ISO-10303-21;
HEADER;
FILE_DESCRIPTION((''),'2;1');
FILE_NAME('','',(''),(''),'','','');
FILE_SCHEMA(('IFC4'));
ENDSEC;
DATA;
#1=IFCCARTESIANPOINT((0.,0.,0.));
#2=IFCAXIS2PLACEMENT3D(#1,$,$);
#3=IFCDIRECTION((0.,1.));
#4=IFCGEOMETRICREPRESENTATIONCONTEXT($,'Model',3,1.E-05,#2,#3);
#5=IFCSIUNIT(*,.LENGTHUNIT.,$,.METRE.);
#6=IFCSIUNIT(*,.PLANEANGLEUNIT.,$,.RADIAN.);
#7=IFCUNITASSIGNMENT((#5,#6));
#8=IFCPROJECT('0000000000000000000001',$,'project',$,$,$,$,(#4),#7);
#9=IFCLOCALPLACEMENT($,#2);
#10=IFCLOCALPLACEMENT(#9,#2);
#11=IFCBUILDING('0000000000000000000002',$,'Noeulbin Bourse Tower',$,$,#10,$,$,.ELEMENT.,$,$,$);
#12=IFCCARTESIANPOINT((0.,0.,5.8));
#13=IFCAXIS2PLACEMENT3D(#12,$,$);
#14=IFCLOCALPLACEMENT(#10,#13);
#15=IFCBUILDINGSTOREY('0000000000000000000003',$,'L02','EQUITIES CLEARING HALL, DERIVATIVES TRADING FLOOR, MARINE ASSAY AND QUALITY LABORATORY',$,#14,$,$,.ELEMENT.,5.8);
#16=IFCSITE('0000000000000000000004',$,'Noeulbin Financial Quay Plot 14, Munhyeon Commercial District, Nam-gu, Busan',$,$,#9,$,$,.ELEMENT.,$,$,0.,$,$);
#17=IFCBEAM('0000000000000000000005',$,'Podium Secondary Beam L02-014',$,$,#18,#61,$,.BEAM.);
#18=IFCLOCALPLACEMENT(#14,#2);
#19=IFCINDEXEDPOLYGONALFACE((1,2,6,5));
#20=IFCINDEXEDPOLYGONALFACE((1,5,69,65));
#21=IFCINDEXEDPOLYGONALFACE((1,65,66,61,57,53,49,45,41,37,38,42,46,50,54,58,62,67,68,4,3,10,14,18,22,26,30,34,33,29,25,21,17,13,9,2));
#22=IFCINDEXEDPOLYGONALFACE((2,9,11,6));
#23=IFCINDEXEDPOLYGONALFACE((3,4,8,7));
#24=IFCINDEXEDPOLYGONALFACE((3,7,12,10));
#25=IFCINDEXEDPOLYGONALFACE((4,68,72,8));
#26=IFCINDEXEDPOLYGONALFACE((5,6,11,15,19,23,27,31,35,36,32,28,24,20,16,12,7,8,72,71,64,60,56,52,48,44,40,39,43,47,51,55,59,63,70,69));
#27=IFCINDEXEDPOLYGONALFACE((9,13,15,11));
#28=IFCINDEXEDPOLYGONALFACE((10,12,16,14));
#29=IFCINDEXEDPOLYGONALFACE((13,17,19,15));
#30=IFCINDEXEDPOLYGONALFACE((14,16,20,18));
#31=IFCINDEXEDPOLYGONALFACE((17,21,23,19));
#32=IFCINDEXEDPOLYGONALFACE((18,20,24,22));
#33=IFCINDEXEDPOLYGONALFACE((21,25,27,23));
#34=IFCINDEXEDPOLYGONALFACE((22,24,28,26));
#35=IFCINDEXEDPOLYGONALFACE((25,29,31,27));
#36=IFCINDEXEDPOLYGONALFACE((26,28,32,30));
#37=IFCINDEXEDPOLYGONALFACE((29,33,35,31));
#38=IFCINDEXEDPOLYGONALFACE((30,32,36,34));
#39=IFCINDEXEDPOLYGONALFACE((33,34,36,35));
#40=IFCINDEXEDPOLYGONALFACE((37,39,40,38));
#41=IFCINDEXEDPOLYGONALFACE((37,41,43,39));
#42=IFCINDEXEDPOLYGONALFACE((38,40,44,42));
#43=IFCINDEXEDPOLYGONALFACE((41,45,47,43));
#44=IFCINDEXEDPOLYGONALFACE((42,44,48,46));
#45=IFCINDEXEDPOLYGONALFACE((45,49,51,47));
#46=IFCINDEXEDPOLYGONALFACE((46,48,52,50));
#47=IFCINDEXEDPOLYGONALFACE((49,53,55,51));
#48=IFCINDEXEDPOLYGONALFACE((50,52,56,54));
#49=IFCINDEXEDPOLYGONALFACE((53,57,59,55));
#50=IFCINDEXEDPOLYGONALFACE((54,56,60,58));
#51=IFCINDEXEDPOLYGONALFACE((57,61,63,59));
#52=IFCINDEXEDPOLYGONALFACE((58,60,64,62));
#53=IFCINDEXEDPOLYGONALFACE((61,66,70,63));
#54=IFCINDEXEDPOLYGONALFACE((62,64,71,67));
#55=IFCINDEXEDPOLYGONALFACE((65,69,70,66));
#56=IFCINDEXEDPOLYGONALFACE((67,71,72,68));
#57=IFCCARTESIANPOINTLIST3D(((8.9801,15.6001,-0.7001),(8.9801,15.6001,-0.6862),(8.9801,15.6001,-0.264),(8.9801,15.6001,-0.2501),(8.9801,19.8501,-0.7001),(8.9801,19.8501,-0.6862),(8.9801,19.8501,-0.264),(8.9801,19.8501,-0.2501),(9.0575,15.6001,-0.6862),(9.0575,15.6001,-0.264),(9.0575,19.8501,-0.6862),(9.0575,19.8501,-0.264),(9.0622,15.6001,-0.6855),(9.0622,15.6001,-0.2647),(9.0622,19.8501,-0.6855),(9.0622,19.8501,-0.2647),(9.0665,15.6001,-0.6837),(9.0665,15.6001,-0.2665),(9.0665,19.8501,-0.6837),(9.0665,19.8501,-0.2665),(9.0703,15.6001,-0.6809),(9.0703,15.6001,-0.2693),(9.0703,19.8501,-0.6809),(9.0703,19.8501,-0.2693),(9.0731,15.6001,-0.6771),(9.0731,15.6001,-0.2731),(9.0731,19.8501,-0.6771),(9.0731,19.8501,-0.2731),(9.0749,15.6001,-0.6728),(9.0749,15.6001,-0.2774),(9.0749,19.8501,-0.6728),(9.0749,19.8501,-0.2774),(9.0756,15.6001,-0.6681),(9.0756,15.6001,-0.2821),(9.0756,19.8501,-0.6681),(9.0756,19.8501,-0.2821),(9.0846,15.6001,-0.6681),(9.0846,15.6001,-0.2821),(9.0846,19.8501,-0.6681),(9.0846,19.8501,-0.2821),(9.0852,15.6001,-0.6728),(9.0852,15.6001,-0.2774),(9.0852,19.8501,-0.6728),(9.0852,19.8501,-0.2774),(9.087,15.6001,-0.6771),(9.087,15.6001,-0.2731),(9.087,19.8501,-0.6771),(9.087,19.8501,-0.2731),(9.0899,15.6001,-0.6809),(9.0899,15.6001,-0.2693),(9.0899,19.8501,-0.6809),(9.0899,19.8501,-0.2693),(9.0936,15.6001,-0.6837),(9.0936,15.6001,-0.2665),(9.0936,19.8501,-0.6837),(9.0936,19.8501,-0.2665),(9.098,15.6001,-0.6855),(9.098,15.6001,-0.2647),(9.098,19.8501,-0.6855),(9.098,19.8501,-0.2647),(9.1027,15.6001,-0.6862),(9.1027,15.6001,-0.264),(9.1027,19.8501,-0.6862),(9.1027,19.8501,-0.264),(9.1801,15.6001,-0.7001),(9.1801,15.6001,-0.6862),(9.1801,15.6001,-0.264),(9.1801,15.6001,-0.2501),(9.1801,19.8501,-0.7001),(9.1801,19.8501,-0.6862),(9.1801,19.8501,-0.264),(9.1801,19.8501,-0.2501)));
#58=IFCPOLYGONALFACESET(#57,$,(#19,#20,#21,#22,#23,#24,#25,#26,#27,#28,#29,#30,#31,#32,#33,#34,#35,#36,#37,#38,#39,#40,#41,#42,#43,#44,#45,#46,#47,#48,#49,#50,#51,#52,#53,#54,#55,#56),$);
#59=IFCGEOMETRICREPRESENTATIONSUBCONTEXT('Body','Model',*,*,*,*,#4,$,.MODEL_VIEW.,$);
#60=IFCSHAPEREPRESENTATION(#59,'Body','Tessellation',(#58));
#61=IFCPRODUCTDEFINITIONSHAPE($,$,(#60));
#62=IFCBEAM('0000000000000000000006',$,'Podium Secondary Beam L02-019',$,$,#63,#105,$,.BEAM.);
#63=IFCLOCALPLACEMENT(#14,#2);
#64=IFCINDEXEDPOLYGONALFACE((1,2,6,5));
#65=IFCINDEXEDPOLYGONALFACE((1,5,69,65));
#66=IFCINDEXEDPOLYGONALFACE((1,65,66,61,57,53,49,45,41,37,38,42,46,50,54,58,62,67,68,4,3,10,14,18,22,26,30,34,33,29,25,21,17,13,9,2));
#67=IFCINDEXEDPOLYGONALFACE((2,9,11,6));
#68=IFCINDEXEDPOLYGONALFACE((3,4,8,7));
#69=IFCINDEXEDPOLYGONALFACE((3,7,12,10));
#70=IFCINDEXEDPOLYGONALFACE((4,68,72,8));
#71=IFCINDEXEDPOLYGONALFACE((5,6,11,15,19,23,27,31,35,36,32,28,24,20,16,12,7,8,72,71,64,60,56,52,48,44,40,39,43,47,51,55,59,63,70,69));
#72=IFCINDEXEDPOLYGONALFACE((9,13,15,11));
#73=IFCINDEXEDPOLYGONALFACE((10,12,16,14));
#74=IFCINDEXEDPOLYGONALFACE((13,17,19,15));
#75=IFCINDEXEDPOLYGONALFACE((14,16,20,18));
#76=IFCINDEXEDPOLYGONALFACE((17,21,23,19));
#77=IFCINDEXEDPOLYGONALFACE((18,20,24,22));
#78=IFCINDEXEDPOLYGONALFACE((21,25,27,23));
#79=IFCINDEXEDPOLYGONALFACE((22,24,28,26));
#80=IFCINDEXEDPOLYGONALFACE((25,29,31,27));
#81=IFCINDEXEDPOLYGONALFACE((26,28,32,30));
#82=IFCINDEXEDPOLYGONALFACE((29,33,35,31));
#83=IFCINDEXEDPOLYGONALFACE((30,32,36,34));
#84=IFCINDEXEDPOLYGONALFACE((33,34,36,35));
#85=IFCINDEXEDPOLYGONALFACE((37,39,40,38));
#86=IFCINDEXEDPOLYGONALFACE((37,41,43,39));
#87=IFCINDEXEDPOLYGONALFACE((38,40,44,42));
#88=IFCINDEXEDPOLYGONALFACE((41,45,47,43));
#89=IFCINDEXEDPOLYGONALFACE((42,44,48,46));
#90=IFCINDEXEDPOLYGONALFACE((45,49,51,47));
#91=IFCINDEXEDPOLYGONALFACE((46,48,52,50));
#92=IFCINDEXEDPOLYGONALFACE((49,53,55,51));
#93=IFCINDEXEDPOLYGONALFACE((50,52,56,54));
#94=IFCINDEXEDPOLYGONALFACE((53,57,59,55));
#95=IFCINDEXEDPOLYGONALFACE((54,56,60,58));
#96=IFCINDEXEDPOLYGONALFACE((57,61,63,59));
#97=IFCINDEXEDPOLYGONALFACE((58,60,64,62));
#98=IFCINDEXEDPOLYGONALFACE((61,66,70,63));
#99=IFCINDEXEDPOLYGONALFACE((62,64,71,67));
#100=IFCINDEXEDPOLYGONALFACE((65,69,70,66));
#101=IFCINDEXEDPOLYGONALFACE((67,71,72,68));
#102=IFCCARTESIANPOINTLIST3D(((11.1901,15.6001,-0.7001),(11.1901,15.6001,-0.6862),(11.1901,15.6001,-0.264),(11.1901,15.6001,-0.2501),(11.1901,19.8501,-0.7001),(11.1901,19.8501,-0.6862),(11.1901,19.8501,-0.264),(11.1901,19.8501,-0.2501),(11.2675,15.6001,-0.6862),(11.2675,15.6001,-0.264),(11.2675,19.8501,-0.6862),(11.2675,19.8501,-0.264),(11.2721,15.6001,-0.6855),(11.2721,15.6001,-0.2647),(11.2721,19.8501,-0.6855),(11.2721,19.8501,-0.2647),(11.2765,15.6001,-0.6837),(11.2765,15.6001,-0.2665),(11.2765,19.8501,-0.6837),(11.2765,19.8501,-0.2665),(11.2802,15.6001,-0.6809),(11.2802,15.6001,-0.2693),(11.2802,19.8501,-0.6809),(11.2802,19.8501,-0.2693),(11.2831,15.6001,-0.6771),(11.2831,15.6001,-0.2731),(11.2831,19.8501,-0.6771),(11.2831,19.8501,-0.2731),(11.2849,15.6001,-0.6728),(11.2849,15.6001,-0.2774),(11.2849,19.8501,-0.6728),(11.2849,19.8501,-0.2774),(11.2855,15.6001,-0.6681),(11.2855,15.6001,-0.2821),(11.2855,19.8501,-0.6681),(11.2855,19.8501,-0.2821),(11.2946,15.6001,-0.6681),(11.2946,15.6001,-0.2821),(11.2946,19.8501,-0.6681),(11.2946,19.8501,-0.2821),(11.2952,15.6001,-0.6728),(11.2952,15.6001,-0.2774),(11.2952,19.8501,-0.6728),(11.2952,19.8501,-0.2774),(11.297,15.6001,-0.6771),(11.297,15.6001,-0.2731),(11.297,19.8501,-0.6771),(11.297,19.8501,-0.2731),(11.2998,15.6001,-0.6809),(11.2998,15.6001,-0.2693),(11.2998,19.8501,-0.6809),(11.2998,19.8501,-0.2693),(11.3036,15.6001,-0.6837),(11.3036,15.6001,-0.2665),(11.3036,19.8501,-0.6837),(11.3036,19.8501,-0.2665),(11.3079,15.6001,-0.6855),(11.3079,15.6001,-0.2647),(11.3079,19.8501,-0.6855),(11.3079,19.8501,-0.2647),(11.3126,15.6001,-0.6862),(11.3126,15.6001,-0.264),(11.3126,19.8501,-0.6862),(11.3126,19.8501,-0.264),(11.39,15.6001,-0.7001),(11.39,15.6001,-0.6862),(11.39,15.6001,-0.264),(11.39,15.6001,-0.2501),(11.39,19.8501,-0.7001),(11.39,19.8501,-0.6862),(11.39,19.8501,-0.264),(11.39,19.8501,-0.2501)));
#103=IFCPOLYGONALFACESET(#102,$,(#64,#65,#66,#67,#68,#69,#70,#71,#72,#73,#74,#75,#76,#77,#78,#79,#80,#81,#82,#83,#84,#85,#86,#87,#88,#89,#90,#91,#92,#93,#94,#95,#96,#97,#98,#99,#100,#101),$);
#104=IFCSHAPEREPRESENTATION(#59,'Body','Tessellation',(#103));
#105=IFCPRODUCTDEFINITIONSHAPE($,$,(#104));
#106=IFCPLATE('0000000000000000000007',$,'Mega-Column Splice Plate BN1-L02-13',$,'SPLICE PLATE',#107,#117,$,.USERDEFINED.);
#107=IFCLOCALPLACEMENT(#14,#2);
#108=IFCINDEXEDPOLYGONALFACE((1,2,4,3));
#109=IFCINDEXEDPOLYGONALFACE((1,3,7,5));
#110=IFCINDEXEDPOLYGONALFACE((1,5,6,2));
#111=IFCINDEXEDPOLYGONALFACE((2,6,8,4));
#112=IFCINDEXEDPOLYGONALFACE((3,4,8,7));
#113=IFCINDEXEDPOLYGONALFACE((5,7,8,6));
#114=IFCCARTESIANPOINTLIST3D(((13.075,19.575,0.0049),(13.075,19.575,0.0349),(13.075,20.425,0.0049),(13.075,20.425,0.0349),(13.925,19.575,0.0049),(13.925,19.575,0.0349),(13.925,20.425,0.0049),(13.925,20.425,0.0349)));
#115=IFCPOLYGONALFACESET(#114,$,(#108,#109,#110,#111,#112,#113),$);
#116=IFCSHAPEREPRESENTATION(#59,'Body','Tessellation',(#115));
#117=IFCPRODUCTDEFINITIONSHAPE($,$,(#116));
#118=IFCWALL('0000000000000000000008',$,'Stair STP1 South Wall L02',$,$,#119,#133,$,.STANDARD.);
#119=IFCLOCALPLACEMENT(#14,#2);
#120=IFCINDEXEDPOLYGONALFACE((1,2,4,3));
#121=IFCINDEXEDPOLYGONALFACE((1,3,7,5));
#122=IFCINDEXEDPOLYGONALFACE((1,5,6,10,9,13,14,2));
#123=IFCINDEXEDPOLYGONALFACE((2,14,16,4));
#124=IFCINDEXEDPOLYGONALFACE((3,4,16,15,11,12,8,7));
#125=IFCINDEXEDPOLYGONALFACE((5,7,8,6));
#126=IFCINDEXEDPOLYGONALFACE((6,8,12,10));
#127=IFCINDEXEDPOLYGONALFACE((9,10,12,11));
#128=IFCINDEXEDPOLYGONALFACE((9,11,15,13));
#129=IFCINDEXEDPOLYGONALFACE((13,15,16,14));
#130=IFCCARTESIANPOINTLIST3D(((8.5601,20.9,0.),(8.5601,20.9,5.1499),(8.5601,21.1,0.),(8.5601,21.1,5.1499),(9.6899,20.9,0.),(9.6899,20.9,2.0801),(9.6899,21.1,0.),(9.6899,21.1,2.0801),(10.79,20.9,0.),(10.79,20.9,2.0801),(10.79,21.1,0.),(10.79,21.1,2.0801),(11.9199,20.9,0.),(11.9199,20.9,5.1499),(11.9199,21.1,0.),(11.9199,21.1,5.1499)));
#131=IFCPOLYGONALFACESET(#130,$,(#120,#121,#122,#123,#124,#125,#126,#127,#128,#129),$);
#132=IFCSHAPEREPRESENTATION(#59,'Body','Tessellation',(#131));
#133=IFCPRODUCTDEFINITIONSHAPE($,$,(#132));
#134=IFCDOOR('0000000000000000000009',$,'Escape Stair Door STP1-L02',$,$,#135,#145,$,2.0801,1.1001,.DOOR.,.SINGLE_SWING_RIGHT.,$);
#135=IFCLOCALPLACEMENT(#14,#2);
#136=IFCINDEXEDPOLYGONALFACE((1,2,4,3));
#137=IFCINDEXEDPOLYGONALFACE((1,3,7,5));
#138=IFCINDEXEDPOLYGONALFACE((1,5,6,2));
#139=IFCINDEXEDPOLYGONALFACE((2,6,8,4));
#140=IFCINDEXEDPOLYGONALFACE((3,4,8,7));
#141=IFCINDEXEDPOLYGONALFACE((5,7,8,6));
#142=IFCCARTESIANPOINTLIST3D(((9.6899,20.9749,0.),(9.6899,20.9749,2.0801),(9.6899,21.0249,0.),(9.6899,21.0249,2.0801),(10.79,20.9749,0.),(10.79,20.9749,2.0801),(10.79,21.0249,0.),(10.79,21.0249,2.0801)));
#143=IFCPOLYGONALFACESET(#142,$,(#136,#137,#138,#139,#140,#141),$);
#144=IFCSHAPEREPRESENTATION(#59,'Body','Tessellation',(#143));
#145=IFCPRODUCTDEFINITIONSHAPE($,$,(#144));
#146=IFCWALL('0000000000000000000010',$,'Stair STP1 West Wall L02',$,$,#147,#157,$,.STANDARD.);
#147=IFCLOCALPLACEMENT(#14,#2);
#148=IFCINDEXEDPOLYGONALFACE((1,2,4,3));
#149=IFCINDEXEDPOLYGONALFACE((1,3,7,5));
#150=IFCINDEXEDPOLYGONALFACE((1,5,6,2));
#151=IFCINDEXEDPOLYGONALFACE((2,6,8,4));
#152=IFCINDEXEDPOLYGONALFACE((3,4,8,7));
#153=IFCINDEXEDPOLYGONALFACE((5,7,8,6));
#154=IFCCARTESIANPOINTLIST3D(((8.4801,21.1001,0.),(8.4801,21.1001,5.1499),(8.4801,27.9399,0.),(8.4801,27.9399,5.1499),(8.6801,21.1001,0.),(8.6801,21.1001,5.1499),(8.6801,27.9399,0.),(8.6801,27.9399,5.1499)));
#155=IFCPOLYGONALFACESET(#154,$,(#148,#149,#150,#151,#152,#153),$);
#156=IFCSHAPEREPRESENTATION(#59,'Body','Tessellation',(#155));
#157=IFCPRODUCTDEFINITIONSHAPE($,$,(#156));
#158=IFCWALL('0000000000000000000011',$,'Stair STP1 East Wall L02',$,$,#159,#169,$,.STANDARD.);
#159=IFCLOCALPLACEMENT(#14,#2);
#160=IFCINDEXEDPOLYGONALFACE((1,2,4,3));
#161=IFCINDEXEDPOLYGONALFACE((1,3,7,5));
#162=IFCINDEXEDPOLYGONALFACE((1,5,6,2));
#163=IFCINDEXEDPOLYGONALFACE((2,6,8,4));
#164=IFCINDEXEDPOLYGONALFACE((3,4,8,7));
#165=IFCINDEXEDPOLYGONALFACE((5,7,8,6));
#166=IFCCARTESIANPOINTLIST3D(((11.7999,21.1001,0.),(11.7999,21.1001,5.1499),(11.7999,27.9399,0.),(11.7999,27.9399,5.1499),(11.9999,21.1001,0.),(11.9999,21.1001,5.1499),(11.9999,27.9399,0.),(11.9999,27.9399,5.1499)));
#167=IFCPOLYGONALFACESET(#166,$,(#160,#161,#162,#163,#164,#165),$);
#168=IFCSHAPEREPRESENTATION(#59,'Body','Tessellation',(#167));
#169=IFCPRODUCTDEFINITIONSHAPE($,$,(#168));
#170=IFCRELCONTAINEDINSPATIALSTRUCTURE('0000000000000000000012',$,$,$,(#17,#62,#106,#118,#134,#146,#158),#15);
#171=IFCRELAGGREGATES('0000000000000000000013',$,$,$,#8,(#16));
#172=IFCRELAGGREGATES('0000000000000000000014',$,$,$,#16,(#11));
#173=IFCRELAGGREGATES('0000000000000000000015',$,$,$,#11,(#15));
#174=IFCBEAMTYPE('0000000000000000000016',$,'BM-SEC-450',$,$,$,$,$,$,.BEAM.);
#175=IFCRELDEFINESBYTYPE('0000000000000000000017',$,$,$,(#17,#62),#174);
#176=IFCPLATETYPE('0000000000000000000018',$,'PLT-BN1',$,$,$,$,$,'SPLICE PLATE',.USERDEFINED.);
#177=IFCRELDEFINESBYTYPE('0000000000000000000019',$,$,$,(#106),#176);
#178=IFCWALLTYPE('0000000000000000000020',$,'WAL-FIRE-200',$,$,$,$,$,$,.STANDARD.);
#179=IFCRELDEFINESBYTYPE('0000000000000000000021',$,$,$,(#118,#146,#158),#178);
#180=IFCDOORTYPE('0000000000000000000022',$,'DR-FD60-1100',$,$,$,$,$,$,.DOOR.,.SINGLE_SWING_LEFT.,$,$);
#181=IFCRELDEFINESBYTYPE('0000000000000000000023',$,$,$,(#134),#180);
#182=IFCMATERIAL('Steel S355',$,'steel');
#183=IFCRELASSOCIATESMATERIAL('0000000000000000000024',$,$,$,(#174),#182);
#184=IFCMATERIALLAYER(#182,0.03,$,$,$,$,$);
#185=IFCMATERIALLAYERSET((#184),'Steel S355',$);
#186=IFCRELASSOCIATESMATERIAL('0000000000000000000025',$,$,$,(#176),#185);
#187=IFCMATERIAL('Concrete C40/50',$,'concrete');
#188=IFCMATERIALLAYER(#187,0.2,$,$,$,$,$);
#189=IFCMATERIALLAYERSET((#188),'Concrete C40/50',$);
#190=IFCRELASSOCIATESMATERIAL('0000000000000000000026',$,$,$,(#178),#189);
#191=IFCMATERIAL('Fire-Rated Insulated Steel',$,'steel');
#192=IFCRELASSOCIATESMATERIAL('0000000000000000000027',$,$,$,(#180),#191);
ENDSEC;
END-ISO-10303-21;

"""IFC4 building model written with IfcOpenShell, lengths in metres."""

from ifc_helpers import new_model, si_unit, direction, frame, frame_2d, origin, origin_2d, place, context, subcontext, project, spatial, rectangle, i_section, extrude, material, layer, layer_set, material_profile, profile_set, type_object, element, fill, save


model = new_model("IFC4")

# Units and contexts
model_context = context("Model", 3, precision=1e-05, world=origin(), true_north=direction((0.0, 1.0)))
body_context = subcontext(model_context, "Body", "Model", "MODEL_VIEW")
ifc_project = project(units=[si_unit("LENGTHUNIT", "METRE"), si_unit("PLANEANGLEUNIT", "RADIAN")], contexts=[model_context])

# Site, building, storey
site_placement = place(None, origin())
site = spatial("IfcSite", under=ifc_project, at=site_placement, Name="Noeulbin Financial Quay Plot 14, Munhyeon Commercial District, Nam-gu, Busan", CompositionType="ELEMENT", RefElevation=0.0)
building_placement = place(site_placement, origin())
building = spatial("IfcBuilding", under=site, at=building_placement, Name="Noeulbin Bourse Tower", CompositionType="ELEMENT")
storey_placement = place(building_placement, frame((0.0, 0.0, 5.8)))
storey = spatial("IfcBuildingStorey", under=building, at=storey_placement, Name="L02", Description="EQUITIES CLEARING HALL, DERIVATIVES TRADING FLOOR, MARINE ASSAY AND QUALITY LABORATORY", CompositionType="ELEMENT", Elevation=5.8)

# Beams
ifc_material_1 = material(Name="Steel S355", Category="steel")
ifc_material_profile_1 = material_profile(ifc_material_1, i_section(OverallWidth=0.2, OverallDepth=0.45, WebThickness=0.009, FlangeThickness=0.0139, FilletRadius=0.0181, at=origin_2d()), Name="H-450x200x9x14", Category="LoadBearing")
ifc_profile_set_1 = profile_set([ifc_material_profile_1], Name="Steel S355")
beam_type_1 = type_object("IfcBeamType", Name="BM-SEC-450", PredefinedType="BEAM", material=ifc_profile_set_1)
for number, where, z_axis, x_axis, name in (
    (1, (9.0801, 15.6001, -0.4751), (0.0, 1.0, 0.0), (-1.0, 0.0, 0.0), "Podium Secondary Beam L02-014"),
    (2, (11.29, 15.6001, -0.4751), (0.0, 1.0, 0.0), (-1.0, 0.0, 0.0), "Podium Secondary Beam L02-019"),
):
    element("IfcBeam", number, at=place(storey_placement, frame(where, z_axis=z_axis, x_axis=x_axis)), inside=storey, type_object=beam_type_1, Name=name, PredefinedType="BEAM", context=body_context, shape_type="SweptSolid", body=[
        extrude(i_section(OverallWidth=0.2, OverallDepth=0.45, WebThickness=0.009, FlangeThickness=0.0139, FilletRadius=0.0181, at=origin_2d()), origin(), (0.0, 0.0, 1.0), 4.25),
    ])

# Plate
ifc_layer_1 = layer(ifc_material_1, 0.03)
ifc_layer_set_1 = layer_set([ifc_layer_1], Name="Steel S355")
plate_type = type_object("IfcPlateType", Name="PLT-BN1", ElementType="SPLICE PLATE", PredefinedType="USERDEFINED", material=ifc_layer_set_1)
plate_placement = place(storey_placement, frame((13.5, 20.0, 0.0049), z_axis=(0.0, 0.0, 1.0), x_axis=(1.0, 0.0, 0.0)))
element("IfcPlate", 3, at=plate_placement, inside=storey, type_object=plate_type, Name="Mega-Column Splice Plate BN1-L02-13", ObjectType="SPLICE PLATE", PredefinedType="USERDEFINED", context=body_context, shape_type="SweptSolid", body=[
    extrude(rectangle(XDim=0.8501, YDim=0.8501, at=origin_2d()), origin(), (0.0, 0.0, 1.0), 0.03),
])

# Wall, opening, door
ifc_material_2 = material(Name="Concrete C40/50", Category="concrete")
ifc_layer_2 = layer(ifc_material_2, 0.2)
ifc_layer_set_2 = layer_set([ifc_layer_2], Name="Concrete C40/50")
wall_type = type_object("IfcWallType", Name="WAL-FIRE-200", PredefinedType="STANDARD", material=ifc_layer_set_2)
wall_placement = place(storey_placement, frame((8.5601, 21.0, 0.0), z_axis=(0.0, 0.0, 1.0), x_axis=(1.0, 0.0, 0.0)))
wall = element("IfcWall", 4, at=wall_placement, inside=storey, type_object=wall_type, Name="Stair STP1 South Wall L02", PredefinedType="STANDARD", context=body_context, shape_type="SweptSolid", body=[
    extrude(rectangle(XDim=3.3599, YDim=0.2, at=frame_2d((1.6799, 0.0))), origin(), (0.0, 0.0, 1.0), 5.1499),
])
opening_placement = place(wall_placement, frame((1.1299, 0.0, 0.0)))
opening = element("IfcOpeningElement", 5, at=opening_placement, cuts=wall, PredefinedType="OPENING", context=body_context, shape_type="SweptSolid", body=[
    extrude(rectangle(XDim=1.1001, YDim=2.0801, at=frame_2d((0.55, 1.04))), frame((0.0, 0.1099, 0.0), z_axis=(0.0, -1.0, 0.0), x_axis=(1.0, 0.0, 0.0)), (0.0, 0.0, 1.0), 0.22),
])
ifc_material_3 = material(Name="Fire-Rated Insulated Steel", Category="steel")
door_type = type_object("IfcDoorType", Name="DR-FD60-1100", OperationType="SINGLE_SWING_LEFT", PredefinedType="DOOR", material=ifc_material_3)
door_placement = place(opening_placement, origin())
door = element("IfcDoor", 6, at=door_placement, inside=storey, type_object=door_type, Name="Escape Stair Door STP1-L02", OperationType="SINGLE_SWING_RIGHT", OverallHeight=2.0801, OverallWidth=1.1001, PredefinedType="DOOR", context=body_context, shape_type="SweptSolid", body=[
    extrude(rectangle(XDim=1.1001, YDim=2.0801, at=frame_2d((0.55, 1.04))), frame((0.0, 0.0249, 0.0), z_axis=(0.0, -1.0, 0.0), x_axis=(1.0, 0.0, 0.0)), (0.0, 0.0, 1.0), 0.05),
])
fill(opening, door)

# Walls
for number, where, z_axis, x_axis, name in (
    (7, (8.5801, 21.1001, 0.0), (0.0, 0.0, 1.0), (0.0, 1.0, 0.0), "Stair STP1 West Wall L02"),
    (8, (11.8999, 21.1001, 0.0), (0.0, 0.0, 1.0), (0.0, 1.0, 0.0), "Stair STP1 East Wall L02"),
):
    element("IfcWall", number, at=place(storey_placement, frame(where, z_axis=z_axis, x_axis=x_axis)), inside=storey, type_object=wall_type, Name=name, PredefinedType="STANDARD", context=body_context, shape_type="SweptSolid", body=[
        extrude(rectangle(XDim=6.8398, YDim=0.2, at=frame_2d((3.4199, 0.0))), origin(), (0.0, 0.0, 1.0), 5.1499),
    ])

save(model, "model.ifc")
